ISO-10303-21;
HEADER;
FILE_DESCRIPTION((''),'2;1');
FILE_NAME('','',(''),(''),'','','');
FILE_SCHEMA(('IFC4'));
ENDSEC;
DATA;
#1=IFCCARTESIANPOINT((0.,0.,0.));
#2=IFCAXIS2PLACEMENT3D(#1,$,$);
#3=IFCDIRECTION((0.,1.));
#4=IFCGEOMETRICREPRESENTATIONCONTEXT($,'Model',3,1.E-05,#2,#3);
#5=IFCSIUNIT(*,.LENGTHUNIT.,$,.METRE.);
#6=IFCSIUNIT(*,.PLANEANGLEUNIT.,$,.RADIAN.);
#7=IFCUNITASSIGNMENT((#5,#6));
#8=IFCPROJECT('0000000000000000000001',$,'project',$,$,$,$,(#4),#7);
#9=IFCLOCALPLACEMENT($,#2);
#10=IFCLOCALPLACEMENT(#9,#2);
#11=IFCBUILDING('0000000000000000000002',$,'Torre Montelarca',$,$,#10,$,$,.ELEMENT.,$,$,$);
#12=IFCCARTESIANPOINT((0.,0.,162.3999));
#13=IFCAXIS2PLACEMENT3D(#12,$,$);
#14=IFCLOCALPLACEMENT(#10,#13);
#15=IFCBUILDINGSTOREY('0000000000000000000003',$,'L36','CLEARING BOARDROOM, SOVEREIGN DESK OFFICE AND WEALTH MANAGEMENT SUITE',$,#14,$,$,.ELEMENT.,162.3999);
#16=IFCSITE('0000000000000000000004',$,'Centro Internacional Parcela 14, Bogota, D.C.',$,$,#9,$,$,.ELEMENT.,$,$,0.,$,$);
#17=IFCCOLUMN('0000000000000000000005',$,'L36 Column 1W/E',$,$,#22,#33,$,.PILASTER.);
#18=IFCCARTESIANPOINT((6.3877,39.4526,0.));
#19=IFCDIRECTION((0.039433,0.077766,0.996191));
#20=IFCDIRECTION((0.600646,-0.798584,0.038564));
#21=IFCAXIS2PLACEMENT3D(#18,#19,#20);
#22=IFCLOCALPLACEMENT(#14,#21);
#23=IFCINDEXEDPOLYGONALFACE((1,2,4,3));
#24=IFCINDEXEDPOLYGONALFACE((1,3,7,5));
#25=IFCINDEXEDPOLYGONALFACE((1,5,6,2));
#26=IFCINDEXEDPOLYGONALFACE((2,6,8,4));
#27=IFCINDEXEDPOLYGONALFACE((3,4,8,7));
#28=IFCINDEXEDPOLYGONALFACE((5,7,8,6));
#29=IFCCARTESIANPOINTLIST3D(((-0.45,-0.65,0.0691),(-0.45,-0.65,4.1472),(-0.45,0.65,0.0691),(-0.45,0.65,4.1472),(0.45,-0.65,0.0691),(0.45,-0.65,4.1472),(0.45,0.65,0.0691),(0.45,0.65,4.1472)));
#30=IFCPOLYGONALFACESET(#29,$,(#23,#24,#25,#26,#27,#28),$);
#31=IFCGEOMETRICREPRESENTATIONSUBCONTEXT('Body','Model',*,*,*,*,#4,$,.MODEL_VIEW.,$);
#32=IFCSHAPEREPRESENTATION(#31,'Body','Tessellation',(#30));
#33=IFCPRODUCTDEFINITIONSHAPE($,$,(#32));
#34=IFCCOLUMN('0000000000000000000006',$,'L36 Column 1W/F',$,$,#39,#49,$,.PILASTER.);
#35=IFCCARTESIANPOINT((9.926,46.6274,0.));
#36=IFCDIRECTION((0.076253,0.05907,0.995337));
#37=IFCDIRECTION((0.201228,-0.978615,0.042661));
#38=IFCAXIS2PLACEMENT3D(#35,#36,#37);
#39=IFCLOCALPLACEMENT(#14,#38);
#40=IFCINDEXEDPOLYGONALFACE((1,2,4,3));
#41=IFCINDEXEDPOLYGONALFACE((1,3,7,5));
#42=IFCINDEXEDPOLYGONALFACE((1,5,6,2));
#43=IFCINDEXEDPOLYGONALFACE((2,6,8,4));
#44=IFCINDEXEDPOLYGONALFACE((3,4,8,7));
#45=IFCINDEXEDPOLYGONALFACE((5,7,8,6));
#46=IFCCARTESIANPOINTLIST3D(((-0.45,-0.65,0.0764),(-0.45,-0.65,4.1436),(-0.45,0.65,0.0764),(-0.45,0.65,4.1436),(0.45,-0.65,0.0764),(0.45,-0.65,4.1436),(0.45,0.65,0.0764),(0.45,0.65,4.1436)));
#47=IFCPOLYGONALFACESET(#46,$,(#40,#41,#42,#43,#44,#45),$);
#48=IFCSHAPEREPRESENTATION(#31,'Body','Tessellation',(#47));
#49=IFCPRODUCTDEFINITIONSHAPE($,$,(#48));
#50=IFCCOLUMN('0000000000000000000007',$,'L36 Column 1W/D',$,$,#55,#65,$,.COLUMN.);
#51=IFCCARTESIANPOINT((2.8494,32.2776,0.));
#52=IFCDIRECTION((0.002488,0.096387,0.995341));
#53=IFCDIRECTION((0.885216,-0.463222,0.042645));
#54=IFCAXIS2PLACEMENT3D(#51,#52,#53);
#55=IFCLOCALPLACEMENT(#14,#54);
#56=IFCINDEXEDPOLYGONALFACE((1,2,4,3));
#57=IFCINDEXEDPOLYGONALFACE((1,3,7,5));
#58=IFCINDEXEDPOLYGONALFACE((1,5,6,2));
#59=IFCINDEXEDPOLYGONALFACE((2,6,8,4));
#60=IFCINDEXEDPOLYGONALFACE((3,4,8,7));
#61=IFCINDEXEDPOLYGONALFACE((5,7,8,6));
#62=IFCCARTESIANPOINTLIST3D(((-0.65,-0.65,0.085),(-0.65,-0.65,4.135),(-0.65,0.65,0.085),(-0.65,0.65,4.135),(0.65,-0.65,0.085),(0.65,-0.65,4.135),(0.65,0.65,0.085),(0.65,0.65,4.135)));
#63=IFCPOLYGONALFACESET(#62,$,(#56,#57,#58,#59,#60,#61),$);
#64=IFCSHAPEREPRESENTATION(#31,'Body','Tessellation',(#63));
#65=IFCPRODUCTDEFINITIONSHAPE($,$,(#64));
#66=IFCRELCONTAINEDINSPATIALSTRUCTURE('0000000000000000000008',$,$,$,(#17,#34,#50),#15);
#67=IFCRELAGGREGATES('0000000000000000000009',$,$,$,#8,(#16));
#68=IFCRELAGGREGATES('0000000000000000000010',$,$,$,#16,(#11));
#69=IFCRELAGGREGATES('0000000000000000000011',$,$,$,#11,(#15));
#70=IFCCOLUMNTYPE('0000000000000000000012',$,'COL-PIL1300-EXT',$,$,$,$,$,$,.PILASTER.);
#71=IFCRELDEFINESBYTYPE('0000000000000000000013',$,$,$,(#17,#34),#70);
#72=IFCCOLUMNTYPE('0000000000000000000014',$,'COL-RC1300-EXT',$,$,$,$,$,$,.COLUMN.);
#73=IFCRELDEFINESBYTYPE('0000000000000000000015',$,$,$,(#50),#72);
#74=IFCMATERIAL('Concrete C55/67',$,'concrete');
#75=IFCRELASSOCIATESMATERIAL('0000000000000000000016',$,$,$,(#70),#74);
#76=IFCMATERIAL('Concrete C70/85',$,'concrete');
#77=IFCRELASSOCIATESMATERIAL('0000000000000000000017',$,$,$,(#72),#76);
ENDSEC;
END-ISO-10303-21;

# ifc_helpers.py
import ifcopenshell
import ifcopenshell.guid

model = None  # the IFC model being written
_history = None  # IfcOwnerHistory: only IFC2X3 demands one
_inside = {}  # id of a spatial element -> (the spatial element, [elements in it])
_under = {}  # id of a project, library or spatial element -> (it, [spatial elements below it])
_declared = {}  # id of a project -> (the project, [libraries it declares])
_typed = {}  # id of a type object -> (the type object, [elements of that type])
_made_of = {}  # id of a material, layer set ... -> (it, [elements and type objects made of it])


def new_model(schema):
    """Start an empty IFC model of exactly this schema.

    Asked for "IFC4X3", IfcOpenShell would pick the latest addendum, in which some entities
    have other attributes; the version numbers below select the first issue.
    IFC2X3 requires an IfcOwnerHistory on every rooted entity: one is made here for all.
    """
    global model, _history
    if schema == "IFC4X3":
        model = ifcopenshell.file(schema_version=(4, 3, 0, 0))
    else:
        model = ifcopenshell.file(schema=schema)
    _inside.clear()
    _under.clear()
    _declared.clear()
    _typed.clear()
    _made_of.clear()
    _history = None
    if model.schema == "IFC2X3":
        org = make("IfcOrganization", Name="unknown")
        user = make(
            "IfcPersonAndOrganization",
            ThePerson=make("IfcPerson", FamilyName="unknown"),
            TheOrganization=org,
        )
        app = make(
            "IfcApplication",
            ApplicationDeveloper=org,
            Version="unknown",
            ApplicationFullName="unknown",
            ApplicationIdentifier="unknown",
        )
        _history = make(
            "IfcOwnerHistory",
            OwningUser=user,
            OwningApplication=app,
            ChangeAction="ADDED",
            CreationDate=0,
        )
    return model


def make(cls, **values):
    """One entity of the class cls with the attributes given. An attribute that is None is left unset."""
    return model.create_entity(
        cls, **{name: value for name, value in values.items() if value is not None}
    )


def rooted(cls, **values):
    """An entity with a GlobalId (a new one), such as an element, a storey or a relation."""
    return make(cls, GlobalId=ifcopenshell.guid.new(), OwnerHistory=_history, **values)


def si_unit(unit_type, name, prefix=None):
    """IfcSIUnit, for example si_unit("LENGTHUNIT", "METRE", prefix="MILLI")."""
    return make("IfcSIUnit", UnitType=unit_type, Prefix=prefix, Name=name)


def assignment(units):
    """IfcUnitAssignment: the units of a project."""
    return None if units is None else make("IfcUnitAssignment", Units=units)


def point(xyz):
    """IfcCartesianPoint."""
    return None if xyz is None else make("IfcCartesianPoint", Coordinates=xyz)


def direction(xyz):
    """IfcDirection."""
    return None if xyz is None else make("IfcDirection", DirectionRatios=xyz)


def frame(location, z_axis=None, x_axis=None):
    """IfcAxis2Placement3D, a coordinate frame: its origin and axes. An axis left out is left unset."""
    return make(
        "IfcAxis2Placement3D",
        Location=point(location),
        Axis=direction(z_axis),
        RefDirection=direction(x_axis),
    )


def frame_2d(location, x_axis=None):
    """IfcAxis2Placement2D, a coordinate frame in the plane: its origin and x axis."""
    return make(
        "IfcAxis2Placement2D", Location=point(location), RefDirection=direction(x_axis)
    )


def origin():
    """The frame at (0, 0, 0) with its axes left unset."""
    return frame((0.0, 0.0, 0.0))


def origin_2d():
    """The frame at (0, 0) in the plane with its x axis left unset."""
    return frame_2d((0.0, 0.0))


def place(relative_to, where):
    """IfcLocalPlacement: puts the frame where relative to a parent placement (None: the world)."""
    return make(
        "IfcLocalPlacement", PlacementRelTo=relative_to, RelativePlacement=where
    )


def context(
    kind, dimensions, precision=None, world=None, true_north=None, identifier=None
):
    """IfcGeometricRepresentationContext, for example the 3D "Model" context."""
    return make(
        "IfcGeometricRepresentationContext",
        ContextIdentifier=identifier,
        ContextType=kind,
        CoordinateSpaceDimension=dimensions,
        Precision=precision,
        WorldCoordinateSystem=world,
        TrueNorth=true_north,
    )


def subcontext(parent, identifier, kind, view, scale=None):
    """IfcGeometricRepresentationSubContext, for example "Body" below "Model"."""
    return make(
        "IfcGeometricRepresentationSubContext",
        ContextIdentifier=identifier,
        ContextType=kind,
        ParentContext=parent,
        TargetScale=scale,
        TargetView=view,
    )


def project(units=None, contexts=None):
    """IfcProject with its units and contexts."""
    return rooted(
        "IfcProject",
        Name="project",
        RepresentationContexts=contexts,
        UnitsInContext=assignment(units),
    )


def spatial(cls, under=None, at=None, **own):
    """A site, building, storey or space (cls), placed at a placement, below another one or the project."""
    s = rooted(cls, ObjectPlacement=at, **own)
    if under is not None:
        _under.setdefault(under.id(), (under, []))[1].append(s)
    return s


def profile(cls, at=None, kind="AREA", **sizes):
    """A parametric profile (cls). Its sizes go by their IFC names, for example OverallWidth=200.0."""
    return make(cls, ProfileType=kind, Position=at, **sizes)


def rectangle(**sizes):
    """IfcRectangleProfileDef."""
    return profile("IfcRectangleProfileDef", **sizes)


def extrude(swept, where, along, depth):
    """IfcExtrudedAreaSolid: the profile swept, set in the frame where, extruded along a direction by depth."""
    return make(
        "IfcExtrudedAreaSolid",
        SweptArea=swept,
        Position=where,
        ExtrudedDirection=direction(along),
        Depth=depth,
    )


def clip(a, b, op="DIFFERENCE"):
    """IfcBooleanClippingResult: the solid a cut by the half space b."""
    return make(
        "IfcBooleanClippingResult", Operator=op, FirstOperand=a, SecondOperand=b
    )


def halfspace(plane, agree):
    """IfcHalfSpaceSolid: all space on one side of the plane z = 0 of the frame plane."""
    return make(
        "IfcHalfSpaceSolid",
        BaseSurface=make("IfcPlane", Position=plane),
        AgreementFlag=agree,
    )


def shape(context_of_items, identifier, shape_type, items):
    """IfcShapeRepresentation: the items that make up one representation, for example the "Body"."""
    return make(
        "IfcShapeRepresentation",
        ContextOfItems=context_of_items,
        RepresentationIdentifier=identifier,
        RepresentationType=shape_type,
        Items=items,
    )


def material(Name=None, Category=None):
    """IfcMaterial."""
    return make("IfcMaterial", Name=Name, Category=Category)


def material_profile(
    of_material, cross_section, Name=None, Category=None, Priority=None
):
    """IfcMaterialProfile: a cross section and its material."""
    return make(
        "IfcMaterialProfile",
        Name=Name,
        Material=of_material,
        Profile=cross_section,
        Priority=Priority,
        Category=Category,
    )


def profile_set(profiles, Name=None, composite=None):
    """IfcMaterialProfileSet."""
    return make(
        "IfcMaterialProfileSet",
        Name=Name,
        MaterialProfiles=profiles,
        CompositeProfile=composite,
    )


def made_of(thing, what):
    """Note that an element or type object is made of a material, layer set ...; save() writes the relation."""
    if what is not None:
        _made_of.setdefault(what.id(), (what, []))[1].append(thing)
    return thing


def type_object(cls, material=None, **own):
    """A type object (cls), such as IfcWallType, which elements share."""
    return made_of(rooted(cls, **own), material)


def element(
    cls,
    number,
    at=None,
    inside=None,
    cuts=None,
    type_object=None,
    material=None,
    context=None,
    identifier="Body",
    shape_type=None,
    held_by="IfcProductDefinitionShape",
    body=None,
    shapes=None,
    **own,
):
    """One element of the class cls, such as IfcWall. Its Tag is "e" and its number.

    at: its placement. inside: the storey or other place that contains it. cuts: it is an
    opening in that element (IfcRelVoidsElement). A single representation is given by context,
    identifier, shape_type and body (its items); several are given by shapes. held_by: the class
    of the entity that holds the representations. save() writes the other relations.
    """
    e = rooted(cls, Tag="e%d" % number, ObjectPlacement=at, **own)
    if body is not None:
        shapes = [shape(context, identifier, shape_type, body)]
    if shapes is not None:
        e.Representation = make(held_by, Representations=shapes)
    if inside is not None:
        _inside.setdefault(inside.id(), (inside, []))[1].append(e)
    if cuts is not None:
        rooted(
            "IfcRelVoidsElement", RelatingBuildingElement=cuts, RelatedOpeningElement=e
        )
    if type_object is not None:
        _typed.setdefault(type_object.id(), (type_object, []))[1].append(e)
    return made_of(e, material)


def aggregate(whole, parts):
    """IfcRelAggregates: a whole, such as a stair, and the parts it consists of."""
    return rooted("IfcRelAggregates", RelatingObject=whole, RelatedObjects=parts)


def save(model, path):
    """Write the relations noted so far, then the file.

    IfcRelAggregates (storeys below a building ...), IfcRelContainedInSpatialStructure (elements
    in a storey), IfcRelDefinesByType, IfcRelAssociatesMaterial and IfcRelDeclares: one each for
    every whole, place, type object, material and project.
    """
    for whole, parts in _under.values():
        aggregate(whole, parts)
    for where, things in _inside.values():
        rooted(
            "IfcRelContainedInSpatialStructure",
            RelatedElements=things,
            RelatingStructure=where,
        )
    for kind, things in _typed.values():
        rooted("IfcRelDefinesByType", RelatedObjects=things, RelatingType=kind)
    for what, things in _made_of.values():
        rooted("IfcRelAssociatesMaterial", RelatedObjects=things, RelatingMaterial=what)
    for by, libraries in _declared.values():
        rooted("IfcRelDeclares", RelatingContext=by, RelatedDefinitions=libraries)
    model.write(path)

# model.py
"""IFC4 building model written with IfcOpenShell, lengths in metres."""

from ifc_helpers import new_model, si_unit, direction, frame, origin, origin_2d, place, context, subcontext, project, spatial, rectangle, extrude, clip, halfspace, material, material_profile, profile_set, type_object, element, save


model = new_model("IFC4")

# Units and contexts
model_context = context("Model", 3, precision=1e-05, world=origin(), true_north=direction((0.0, 1.0)))
body_context = subcontext(model_context, "Body", "Model", "MODEL_VIEW")
ifc_project = project(units=[si_unit("LENGTHUNIT", "METRE"), si_unit("PLANEANGLEUNIT", "RADIAN")], contexts=[model_context])

# Site, building, storey
site_placement = place(None, origin())
site = spatial("IfcSite", under=ifc_project, at=site_placement, Name="Centro Internacional Parcela 14, Bogota, D.C.", CompositionType="ELEMENT", RefElevation=0.0)
building_placement = place(site_placement, origin())
building = spatial("IfcBuilding", under=site, at=building_placement, Name="Torre Montelarca", CompositionType="ELEMENT")
storey_placement = place(building_placement, frame((0.0, 0.0, 162.3999)))
storey = spatial("IfcBuildingStorey", under=building, at=storey_placement, Name="L36", Description="CLEARING BOARDROOM, SOVEREIGN DESK OFFICE AND WEALTH MANAGEMENT SUITE", CompositionType="ELEMENT", Elevation=162.3999)

# Columns
ifc_material_1 = material(Name="Concrete C55/67", Category="concrete")
ifc_material_profile_1 = material_profile(ifc_material_1, rectangle(XDim=0.8999, YDim=1.3, at=origin_2d()), Name="RC1300X900", Category="concrete")
ifc_profile_set_1 = profile_set([ifc_material_profile_1], Name="Concrete C55/67")
column_type_1 = type_object("IfcColumnType", Name="COL-PIL1300-EXT", PredefinedType="PILASTER", material=ifc_profile_set_1)
column_1_placement = place(storey_placement, frame((6.3877, 39.4526, 0.0), z_axis=(0.039433, 0.077766, 0.996191), x_axis=(0.600646, -0.798584, 0.038564)))
element("IfcColumn", 1, at=column_1_placement, inside=storey, type_object=column_type_1, Name="L36 Column 1W/E", PredefinedType="PILASTER", context=body_context, shape_type="Clipping", body=[
    clip(clip(extrude(rectangle(XDim=0.8999, YDim=1.3, at=origin_2d()), origin(), (0.0, 0.0, 1.0), 4.2163), halfspace(frame((0.0, 0.0, 0.0691), z_axis=(0.0, 0.0, -1.0), x_axis=(1.0, 0.0, 0.0)), False)), halfspace(frame((0.0, 0.0, 4.1472), z_axis=(0.0, 0.0, 1.0), x_axis=(1.0, 0.0, 0.0)), False)),
])
column_2_placement = place(storey_placement, frame((9.926, 46.6274, 0.0), z_axis=(0.076253, 0.05907, 0.995337), x_axis=(0.201228, -0.978615, 0.042661)))
element("IfcColumn", 2, at=column_2_placement, inside=storey, type_object=column_type_1, Name="L36 Column 1W/F", PredefinedType="PILASTER", context=body_context, shape_type="Clipping", body=[
    clip(clip(extrude(rectangle(XDim=0.8999, YDim=1.3, at=origin_2d()), origin(), (0.0, 0.0, 1.0), 4.22), halfspace(frame((0.0, 0.0, 0.0764), z_axis=(0.0, 0.0, -1.0), x_axis=(1.0, 0.0, 0.0)), False)), halfspace(frame((0.0, 0.0, 4.1436), z_axis=(0.0, 0.0, 1.0), x_axis=(1.0, 0.0, 0.0)), False)),
])
ifc_material_2 = material(Name="Concrete C70/85", Category="concrete")
ifc_material_profile_2 = material_profile(ifc_material_2, rectangle(XDim=1.3, YDim=1.3, at=origin_2d()), Name="RC1300X1300", Category="concrete")
ifc_profile_set_2 = profile_set([ifc_material_profile_2], Name="Concrete C70/85")
column_type_2 = type_object("IfcColumnType", Name="COL-RC1300-EXT", PredefinedType="COLUMN", material=ifc_profile_set_2)
column_3_placement = place(storey_placement, frame((2.8494, 32.2776, 0.0), z_axis=(0.002488, 0.096387, 0.995341), x_axis=(0.885216, -0.463222, 0.042645)))
element("IfcColumn", 3, at=column_3_placement, inside=storey, type_object=column_type_2, Name="L36 Column 1W/D", PredefinedType="COLUMN", context=body_context, shape_type="Clipping", body=[
    clip(clip(extrude(rectangle(XDim=1.3, YDim=1.3, at=origin_2d()), origin(), (0.0, 0.0, 1.0), 4.22), halfspace(frame((0.0, 0.0, 0.085), z_axis=(0.0, 0.0, -1.0), x_axis=(1.0, 0.0, 0.0)), False)), halfspace(frame((0.0, 0.0, 4.135), z_axis=(0.0, 0.0, 1.0), x_axis=(1.0, 0.0, 0.0)), False)),
])

save(model, "model.ifc")
